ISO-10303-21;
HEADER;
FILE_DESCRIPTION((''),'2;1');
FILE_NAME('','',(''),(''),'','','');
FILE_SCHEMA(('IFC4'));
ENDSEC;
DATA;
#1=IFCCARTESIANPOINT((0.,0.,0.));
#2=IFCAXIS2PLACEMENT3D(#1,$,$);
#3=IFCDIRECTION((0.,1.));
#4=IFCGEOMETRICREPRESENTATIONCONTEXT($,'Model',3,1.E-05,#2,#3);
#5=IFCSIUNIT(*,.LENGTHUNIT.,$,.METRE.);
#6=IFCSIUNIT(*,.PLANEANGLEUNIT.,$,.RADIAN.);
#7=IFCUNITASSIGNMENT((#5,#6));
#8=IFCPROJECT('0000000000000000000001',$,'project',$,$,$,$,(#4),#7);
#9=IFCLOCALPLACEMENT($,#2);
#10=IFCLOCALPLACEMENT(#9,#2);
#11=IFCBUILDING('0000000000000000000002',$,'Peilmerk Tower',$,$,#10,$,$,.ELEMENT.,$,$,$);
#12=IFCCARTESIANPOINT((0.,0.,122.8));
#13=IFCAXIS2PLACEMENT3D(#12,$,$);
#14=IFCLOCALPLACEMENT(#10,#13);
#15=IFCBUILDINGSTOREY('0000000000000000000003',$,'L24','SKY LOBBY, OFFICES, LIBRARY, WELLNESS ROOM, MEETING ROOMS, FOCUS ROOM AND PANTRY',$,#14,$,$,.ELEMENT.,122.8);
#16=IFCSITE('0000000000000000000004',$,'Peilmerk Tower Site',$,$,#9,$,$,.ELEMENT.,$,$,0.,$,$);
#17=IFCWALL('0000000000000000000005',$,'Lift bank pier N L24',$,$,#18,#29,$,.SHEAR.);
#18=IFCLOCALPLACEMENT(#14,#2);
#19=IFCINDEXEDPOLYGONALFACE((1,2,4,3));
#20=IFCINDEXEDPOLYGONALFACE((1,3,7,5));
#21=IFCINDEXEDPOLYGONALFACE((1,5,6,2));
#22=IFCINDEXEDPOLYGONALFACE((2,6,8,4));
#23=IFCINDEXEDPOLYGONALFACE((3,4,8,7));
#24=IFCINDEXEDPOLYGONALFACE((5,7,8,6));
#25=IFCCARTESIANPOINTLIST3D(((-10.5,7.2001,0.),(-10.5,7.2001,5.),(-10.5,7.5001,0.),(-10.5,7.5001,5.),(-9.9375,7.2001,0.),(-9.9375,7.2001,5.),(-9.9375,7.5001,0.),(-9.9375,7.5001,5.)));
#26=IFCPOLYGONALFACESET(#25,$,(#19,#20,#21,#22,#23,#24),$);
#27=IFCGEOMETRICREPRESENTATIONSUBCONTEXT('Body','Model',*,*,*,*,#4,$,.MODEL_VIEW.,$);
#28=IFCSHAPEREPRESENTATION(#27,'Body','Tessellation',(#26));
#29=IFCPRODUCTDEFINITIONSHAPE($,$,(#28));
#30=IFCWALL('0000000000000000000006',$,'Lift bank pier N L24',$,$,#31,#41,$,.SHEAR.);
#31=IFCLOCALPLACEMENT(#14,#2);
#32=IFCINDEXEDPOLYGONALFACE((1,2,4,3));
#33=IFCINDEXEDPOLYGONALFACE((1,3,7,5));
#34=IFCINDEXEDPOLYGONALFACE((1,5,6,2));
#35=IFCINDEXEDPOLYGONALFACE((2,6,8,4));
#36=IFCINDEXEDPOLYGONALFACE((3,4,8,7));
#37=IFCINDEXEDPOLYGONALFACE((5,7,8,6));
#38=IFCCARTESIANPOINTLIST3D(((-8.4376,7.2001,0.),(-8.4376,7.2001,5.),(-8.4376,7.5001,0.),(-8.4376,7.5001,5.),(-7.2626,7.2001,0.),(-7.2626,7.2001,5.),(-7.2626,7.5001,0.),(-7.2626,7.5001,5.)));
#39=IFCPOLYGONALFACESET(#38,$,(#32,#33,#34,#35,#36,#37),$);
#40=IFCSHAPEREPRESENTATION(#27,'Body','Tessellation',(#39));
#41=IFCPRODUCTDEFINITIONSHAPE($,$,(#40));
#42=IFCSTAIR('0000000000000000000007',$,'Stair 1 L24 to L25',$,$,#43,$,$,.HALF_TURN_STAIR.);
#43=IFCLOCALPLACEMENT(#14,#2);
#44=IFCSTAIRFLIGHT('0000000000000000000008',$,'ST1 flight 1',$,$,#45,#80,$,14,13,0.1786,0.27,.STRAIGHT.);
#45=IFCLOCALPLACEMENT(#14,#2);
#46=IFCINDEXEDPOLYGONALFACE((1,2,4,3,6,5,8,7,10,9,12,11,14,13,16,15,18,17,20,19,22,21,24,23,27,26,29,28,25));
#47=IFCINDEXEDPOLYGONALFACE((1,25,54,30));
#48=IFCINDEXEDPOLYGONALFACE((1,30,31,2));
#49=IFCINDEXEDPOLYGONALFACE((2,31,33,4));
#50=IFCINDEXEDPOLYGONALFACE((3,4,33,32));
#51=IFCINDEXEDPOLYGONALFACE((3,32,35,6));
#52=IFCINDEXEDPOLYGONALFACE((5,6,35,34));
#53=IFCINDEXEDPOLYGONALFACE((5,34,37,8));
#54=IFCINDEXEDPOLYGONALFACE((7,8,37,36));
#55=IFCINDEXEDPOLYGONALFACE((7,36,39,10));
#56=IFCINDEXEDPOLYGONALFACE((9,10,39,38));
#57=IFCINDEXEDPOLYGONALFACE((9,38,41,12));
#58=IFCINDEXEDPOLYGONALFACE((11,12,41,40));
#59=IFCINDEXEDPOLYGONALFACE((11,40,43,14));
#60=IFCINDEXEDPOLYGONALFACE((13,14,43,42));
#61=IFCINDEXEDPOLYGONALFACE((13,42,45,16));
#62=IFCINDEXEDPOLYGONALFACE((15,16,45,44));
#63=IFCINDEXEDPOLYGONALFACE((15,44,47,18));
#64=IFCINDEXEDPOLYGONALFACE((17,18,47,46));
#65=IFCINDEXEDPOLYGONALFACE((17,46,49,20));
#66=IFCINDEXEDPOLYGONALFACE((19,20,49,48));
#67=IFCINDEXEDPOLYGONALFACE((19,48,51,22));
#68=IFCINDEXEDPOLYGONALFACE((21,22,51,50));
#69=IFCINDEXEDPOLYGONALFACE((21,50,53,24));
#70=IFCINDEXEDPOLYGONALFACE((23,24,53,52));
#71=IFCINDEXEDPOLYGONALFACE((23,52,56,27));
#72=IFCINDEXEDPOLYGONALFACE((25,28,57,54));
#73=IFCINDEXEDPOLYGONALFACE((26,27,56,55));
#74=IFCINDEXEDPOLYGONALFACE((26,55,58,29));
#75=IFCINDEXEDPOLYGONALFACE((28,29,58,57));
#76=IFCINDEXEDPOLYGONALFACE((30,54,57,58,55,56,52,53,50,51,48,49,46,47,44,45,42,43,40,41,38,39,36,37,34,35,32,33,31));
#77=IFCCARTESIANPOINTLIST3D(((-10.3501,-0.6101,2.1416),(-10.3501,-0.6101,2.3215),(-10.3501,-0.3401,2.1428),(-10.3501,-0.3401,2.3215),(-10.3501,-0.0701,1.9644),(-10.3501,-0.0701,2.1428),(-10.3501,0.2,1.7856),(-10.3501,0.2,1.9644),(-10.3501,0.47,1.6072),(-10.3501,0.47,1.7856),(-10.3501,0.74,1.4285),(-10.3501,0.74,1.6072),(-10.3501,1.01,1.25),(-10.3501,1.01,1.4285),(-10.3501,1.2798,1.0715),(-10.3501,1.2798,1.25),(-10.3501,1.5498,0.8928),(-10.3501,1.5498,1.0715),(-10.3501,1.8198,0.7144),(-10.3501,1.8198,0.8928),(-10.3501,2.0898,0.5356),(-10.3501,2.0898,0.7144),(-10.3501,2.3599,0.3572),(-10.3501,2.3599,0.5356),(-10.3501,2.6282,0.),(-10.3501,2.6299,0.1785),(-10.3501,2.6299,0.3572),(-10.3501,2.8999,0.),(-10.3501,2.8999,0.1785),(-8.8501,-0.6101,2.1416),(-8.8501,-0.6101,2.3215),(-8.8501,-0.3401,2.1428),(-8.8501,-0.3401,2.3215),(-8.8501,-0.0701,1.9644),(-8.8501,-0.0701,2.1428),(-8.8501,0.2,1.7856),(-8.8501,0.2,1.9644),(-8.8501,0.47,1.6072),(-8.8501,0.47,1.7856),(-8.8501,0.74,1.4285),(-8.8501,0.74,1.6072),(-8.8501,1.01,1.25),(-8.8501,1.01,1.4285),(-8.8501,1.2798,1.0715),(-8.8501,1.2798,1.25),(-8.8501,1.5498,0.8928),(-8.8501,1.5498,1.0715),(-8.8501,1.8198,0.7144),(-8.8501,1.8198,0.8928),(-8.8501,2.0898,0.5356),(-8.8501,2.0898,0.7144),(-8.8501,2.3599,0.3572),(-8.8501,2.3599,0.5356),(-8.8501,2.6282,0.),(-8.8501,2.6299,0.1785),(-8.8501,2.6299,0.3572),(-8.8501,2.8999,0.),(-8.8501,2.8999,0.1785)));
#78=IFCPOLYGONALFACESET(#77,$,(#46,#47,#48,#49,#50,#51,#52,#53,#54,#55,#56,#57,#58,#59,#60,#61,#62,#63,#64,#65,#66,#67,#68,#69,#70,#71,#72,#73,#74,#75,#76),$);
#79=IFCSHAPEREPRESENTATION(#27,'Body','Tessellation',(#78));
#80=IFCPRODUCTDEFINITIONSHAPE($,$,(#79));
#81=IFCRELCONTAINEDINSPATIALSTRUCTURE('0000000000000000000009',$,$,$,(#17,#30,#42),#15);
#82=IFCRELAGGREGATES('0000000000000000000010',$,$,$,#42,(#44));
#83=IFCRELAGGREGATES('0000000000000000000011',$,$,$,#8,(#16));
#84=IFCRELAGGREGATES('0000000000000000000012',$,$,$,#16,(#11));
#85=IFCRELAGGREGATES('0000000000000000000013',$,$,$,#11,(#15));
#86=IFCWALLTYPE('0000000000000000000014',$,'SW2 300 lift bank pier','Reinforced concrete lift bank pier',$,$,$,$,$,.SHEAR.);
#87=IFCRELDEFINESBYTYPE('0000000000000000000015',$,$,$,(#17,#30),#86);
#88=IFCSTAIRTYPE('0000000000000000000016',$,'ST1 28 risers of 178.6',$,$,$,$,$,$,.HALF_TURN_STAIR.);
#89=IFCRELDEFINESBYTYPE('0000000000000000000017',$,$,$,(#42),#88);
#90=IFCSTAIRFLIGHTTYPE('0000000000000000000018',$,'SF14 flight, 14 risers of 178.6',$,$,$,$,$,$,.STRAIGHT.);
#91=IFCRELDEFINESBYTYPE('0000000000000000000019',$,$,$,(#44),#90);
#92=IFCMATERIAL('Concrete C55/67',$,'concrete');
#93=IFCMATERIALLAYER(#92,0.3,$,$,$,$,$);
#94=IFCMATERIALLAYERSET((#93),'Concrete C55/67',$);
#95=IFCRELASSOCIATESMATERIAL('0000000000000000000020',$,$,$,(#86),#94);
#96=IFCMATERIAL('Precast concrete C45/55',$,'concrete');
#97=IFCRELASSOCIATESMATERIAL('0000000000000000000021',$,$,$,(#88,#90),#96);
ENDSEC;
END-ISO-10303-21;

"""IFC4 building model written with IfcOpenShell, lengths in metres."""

from ifc_helpers import new_model, si_unit, direction, frame, frame_2d, origin, place, context, subcontext, project, spatial, polyline, rectangle, outline, extrude, material, layer, layer_set, type_object, element, aggregate, save


model = new_model("IFC4")

# Units and contexts
model_context = context("Model", 3, precision=1e-05, world=origin(), true_north=direction((0.0, 1.0)))
body_context = subcontext(model_context, "Body", "Model", "MODEL_VIEW")
ifc_project = project(units=[si_unit("LENGTHUNIT", "METRE"), si_unit("PLANEANGLEUNIT", "RADIAN")], contexts=[model_context])

# Site, building, storey
site_placement = place(None, origin())
site = spatial("IfcSite", under=ifc_project, at=site_placement, Name="Peilmerk Tower Site", CompositionType="ELEMENT", RefElevation=0.0)
building_placement = place(site_placement, origin())
building = spatial("IfcBuilding", under=site, at=building_placement, Name="Peilmerk Tower", CompositionType="ELEMENT")
storey_placement = place(building_placement, frame((0.0, 0.0, 122.8)))
storey = spatial("IfcBuildingStorey", under=building, at=storey_placement, Name="L24", Description="SKY LOBBY, OFFICES, LIBRARY, WELLNESS ROOM, MEETING ROOMS, FOCUS ROOM AND PANTRY", CompositionType="ELEMENT", Elevation=122.8)

# Walls
ifc_material_1 = material(Name="Concrete C55/67", Category="concrete")
ifc_layer_1 = layer(ifc_material_1, 0.3)
ifc_layer_set_1 = layer_set([ifc_layer_1], Name="Concrete C55/67")
wall_type_1 = type_object("IfcWallType", Name="SW2 300 lift bank pier", Description="Reinforced concrete lift bank pier", PredefinedType="SHEAR", material=ifc_layer_set_1)
wall_1_placement = place(storey_placement, frame((-10.5, 7.3501, 0.0), z_axis=(0.0, 0.0, 1.0), x_axis=(1.0, 0.0, 0.0)))
element("IfcWall", 1, at=wall_1_placement, inside=storey, type_object=wall_type_1, Name="Lift bank pier N L24", PredefinedType="SHEAR", context=body_context, shape_type="SweptSolid", body=[
    extrude(rectangle(XDim=0.5625, YDim=0.3, at=frame_2d((0.2812, 0.0))), origin(), (0.0, 0.0, 1.0), 5.0),
])
wall_2_placement = place(storey_placement, frame((-8.4375, 7.3501, 0.0), z_axis=(0.0, 0.0, 1.0), x_axis=(1.0, 0.0, 0.0)))
element("IfcWall", 2, at=wall_2_placement, inside=storey, type_object=wall_type_1, Name="Lift bank pier N L24", PredefinedType="SHEAR", context=body_context, shape_type="SweptSolid", body=[
    extrude(rectangle(XDim=1.175, YDim=0.3, at=frame_2d((0.5874, 0.0))), origin(), (0.0, 0.0, 1.0), 5.0),
])

# Stair, stair flight
ifc_material_2 = material(Name="Precast concrete C45/55", Category="concrete")
stair_type = type_object("IfcStairType", Name="ST1 28 risers of 178.6", PredefinedType="HALF_TURN_STAIR", material=ifc_material_2)
stair_placement = place(storey_placement, origin())
stair = element("IfcStair", 3, at=stair_placement, inside=storey, type_object=stair_type, Name="Stair 1 L24 to L25", PredefinedType="HALF_TURN_STAIR")
stair_flight_type = type_object("IfcStairFlightType", Name="SF14 flight, 14 risers of 178.6", PredefinedType="STRAIGHT", material=ifc_material_2)
stair_flight_placement = place(storey_placement, frame((-9.6001, 2.8999, 0.0), z_axis=(0.0, 0.0, 1.0), x_axis=(0.0, -1.0, 0.0)))
stair_flight = element("IfcStairFlight", 4, at=stair_flight_placement, type_object=stair_flight_type, Name="ST1 flight 1", NumberOfRisers=14, NumberOfTreads=13, PredefinedType="STRAIGHT", RiserHeight=0.1786, TreadLength=0.27, context=body_context, shape_type="SweptSolid", body=[
    extrude(outline(polyline([(0.0, 0.0), (0.0, 0.1785), (0.27, 0.1785), (0.27, 0.3572), (0.54, 0.3572), (0.54, 0.5356), (0.8101, 0.5356), (0.8101, 0.7144), (1.0801, 0.7144), (1.0801, 0.8928), (1.3501, 0.8928), (1.3501, 1.0715), (1.6201, 1.0715), (1.6201, 1.25), (1.8899, 1.25), (1.8899, 1.4285), (2.1599, 1.4285), (2.1599, 1.6072), (2.4299, 1.6072), (2.4299, 1.7856), (2.7, 1.7856), (2.7, 1.9644), (2.97, 1.9644), (2.97, 2.1428), (3.24, 2.1428), (3.24, 2.3215), (3.51, 2.3215), (3.51, 2.5), (3.51, 2.1416), (0.2717, 0.0), (0.0, 0.0)])), frame((0.0, 0.75, 0.0), z_axis=(0.0, -1.0, 0.0), x_axis=(1.0, 0.0, 0.0)), (0.0, 0.0, 1.0), 1.5),
])
aggregate(stair, [stair_flight])

save(model, "model.ifc")
